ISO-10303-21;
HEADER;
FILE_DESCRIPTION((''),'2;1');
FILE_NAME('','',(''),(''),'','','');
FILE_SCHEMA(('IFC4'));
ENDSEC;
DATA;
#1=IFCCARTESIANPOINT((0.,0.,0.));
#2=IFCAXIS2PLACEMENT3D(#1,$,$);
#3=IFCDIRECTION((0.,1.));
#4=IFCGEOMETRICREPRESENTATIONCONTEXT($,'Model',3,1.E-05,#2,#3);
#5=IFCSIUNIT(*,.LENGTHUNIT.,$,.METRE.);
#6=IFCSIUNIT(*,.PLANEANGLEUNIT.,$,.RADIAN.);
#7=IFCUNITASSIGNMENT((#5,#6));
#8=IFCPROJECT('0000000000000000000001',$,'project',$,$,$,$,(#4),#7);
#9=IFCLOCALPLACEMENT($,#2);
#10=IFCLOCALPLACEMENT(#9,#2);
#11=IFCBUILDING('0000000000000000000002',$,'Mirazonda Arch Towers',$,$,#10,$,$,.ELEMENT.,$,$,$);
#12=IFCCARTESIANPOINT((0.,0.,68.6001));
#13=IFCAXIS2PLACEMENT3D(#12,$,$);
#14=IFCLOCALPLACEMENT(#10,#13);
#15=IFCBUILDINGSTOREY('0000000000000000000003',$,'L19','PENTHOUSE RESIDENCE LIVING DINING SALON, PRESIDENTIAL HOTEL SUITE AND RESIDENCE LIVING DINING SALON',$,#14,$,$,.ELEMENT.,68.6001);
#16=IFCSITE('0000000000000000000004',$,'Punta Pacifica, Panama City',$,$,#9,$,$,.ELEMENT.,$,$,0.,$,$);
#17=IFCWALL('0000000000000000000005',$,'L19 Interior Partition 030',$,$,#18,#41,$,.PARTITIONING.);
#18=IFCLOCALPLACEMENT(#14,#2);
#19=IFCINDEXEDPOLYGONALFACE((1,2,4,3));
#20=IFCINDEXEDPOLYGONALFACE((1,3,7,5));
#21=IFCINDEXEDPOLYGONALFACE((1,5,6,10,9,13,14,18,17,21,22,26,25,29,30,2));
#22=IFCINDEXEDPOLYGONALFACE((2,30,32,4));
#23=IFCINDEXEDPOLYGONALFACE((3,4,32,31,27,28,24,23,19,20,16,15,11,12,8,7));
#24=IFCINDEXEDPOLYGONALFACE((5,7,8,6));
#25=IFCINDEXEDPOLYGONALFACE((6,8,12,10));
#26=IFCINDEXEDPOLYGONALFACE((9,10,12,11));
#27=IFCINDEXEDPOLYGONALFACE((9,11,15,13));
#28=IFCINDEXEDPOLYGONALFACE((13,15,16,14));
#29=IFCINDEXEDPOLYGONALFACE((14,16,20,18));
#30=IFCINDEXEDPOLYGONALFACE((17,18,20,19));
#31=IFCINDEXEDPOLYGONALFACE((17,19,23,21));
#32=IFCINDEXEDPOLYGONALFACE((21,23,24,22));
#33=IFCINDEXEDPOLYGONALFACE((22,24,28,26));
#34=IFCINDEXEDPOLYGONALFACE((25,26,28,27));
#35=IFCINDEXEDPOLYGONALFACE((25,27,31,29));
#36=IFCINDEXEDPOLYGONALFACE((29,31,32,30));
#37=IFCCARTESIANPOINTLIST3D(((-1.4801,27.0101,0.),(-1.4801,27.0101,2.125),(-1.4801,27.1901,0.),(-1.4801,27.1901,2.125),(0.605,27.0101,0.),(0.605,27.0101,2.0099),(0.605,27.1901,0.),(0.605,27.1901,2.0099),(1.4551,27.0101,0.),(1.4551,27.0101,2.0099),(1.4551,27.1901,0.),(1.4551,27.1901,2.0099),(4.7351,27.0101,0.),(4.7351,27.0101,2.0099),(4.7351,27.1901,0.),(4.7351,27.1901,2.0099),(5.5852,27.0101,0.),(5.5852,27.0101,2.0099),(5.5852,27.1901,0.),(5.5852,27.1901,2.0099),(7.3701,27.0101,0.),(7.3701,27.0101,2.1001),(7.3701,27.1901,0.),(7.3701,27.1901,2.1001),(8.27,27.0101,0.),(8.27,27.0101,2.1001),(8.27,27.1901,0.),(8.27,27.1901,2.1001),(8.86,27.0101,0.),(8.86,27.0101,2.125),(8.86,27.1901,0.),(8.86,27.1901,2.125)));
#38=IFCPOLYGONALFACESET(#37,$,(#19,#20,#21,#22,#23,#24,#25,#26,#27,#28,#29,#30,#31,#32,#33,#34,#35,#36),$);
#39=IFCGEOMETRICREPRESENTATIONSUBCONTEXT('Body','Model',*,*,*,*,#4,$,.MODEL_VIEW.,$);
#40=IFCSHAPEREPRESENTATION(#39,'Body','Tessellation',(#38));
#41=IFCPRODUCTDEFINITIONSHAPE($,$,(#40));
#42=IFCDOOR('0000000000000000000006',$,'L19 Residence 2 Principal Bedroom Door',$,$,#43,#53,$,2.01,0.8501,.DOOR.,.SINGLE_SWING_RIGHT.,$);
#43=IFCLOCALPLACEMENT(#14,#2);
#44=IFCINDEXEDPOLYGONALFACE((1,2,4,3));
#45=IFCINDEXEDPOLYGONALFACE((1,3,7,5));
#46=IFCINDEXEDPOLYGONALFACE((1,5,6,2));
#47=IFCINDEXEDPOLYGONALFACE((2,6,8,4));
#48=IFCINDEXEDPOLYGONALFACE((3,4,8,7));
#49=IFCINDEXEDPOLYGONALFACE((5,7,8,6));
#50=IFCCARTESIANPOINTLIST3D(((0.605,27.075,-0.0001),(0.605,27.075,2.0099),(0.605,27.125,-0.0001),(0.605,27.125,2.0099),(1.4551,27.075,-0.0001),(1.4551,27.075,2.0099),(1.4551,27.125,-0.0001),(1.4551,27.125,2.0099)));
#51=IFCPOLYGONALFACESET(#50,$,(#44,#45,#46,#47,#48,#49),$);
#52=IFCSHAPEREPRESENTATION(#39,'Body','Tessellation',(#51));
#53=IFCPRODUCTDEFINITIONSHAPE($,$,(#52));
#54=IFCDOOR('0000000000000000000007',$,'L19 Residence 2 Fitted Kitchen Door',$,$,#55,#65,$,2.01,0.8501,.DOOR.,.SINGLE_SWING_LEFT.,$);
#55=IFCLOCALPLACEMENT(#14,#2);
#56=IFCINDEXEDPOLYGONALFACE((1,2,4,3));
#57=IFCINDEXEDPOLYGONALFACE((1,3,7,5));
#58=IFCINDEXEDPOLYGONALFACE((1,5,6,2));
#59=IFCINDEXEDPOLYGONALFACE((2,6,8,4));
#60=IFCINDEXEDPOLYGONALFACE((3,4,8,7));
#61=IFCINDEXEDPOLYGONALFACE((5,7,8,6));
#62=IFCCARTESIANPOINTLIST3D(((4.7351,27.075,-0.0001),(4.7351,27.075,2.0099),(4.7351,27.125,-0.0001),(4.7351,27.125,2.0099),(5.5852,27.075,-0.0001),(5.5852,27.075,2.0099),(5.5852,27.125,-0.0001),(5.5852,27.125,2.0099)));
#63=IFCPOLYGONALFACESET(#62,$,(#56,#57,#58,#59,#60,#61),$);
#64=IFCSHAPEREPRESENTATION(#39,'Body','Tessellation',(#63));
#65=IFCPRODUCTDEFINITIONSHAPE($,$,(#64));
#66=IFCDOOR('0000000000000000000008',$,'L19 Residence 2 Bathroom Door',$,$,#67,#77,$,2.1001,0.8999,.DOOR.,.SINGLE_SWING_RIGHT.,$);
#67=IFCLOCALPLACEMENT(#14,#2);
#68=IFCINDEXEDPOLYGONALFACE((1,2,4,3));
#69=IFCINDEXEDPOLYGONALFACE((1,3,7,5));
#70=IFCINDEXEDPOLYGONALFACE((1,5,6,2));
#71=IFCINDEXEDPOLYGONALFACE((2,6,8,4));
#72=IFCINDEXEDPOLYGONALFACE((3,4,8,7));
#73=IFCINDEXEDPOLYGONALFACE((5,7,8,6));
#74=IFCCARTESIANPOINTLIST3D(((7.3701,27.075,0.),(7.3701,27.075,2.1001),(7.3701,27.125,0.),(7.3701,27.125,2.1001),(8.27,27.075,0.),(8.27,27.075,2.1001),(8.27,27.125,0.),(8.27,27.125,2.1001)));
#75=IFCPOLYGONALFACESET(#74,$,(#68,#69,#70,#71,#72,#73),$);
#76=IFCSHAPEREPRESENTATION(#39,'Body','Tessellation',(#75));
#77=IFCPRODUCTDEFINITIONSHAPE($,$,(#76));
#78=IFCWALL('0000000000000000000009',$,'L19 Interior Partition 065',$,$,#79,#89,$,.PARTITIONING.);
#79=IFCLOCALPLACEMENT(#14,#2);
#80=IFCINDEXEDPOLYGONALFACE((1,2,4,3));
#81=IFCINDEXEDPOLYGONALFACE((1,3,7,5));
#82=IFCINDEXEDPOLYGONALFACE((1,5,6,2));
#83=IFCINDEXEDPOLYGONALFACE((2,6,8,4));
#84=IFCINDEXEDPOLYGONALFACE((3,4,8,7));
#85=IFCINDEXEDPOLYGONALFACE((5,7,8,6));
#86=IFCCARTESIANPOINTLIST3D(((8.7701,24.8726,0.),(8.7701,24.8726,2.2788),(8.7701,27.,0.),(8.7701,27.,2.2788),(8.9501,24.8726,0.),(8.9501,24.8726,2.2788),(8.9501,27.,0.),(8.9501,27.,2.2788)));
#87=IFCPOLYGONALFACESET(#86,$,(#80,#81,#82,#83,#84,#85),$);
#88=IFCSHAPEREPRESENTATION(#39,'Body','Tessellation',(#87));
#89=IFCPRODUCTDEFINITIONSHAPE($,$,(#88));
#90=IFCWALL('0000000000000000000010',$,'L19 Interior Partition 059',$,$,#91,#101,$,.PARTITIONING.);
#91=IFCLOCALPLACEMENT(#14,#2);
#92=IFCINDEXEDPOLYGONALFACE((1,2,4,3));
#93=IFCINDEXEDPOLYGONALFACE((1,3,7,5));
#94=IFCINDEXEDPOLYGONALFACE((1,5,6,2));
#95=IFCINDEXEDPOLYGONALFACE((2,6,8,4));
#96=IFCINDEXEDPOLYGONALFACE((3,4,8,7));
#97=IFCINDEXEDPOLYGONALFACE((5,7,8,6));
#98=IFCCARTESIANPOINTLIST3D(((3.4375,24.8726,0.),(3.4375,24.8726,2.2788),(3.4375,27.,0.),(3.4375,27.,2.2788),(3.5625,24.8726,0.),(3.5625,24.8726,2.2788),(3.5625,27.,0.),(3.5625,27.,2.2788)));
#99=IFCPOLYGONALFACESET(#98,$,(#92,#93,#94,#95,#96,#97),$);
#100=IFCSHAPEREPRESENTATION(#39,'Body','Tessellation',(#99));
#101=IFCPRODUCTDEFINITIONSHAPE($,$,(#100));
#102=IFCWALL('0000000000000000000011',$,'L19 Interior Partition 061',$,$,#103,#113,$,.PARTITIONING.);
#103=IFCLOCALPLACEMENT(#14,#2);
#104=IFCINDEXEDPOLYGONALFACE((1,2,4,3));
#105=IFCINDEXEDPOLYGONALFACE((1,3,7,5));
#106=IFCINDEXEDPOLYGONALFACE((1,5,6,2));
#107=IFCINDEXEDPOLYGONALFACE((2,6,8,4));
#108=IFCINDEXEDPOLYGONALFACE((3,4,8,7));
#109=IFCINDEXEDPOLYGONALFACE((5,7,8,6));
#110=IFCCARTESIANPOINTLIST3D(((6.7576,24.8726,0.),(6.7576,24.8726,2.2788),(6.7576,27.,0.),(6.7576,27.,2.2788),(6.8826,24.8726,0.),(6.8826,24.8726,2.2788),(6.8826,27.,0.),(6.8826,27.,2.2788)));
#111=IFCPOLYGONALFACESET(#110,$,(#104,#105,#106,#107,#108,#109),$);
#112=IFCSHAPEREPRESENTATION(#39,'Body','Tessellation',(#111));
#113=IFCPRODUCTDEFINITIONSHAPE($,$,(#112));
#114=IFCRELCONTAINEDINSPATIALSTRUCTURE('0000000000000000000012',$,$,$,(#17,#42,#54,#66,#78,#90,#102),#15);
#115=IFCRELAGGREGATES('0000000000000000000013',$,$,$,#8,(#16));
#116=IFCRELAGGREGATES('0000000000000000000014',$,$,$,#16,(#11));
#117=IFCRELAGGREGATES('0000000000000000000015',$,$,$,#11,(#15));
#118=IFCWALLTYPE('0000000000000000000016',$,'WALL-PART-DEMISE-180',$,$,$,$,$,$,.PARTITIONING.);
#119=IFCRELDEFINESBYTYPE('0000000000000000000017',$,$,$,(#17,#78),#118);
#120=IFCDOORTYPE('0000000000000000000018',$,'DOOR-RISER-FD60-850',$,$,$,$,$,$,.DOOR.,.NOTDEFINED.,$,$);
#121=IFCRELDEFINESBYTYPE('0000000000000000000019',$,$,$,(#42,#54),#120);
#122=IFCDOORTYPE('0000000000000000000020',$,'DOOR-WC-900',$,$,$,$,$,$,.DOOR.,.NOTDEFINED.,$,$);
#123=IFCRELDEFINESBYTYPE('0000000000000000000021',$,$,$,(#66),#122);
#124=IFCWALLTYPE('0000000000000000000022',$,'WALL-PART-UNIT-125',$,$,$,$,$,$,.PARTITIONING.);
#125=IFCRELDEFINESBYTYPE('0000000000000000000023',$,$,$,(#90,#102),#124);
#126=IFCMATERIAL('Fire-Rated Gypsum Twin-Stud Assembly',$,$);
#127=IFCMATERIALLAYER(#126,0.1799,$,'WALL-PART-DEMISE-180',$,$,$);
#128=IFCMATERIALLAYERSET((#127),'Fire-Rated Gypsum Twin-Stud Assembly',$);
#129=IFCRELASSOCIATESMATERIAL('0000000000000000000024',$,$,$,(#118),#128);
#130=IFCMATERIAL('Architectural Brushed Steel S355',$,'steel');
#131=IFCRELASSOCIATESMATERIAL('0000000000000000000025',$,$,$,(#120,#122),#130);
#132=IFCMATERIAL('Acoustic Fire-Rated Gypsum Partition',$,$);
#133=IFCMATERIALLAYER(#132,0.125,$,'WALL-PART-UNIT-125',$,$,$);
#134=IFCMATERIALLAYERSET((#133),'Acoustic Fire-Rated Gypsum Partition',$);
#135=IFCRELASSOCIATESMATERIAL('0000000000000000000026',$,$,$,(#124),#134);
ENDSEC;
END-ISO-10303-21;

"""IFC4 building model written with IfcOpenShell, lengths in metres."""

from ifc_helpers import new_model, si_unit, direction, frame, frame_2d, origin, place, context, subcontext, project, spatial, rectangle, extrude, material, layer, layer_set, type_object, element, fill, save


model = new_model("IFC4")

# Units and contexts
model_context = context("Model", 3, precision=1e-05, world=origin(), true_north=direction((0.0, 1.0)))
body_context = subcontext(model_context, "Body", "Model", "MODEL_VIEW")
ifc_project = project(units=[si_unit("LENGTHUNIT", "METRE"), si_unit("PLANEANGLEUNIT", "RADIAN")], contexts=[model_context])

# Site, building, storey
site_placement = place(None, origin())
site = spatial("IfcSite", under=ifc_project, at=site_placement, Name="Punta Pacifica, Panama City", CompositionType="ELEMENT", RefElevation=0.0)
building_placement = place(site_placement, origin())
building = spatial("IfcBuilding", under=site, at=building_placement, Name="Mirazonda Arch Towers", CompositionType="ELEMENT")
storey_placement = place(building_placement, frame((0.0, 0.0, 68.6001)))
storey = spatial("IfcBuildingStorey", under=building, at=storey_placement, Name="L19", Description="PENTHOUSE RESIDENCE LIVING DINING SALON, PRESIDENTIAL HOTEL SUITE AND RESIDENCE LIVING DINING SALON", CompositionType="ELEMENT", Elevation=68.6001)

# Wall, openings, doors
ifc_material_1 = material(Name="Fire-Rated Gypsum Twin-Stud Assembly")
ifc_layer_1 = layer(ifc_material_1, 0.1799, Name="WALL-PART-DEMISE-180")
ifc_layer_set_1 = layer_set([ifc_layer_1], Name="Fire-Rated Gypsum Twin-Stud Assembly")
wall_type_1 = type_object("IfcWallType", Name="WALL-PART-DEMISE-180", PredefinedType="PARTITIONING", material=ifc_layer_set_1)
wall_1_placement = place(storey_placement, frame((-1.48, 27.1001, 0.0), z_axis=(0.0, 0.0, 1.0), x_axis=(1.0, 0.0, 0.0)))
wall_1 = element("IfcWall", 1, at=wall_1_placement, inside=storey, type_object=wall_type_1, Name="L19 Interior Partition 030", PredefinedType="PARTITIONING", context=body_context, shape_type="SweptSolid", body=[
    extrude(rectangle(XDim=10.3401, YDim=0.1799, at=frame_2d((5.1699, 0.0))), origin(), (0.0, 0.0, 1.0), 2.125),
])
opening_1_placement = place(wall_1_placement, frame((2.085, 0.0, 0.0)))
opening_1 = element("IfcOpeningElement", 2, at=opening_1_placement, cuts=wall_1, PredefinedType="OPENING", context=body_context, shape_type="SweptSolid", body=[
    extrude(rectangle(XDim=0.8501, YDim=2.01, at=frame_2d((0.425, 1.0049))), frame((0.0, 0.0999, 0.0), z_axis=(0.0, -1.0, 0.0), x_axis=(1.0, 0.0, 0.0)), (0.0, 0.0, 1.0), 0.2),
])
opening_2_placement = place(wall_1_placement, frame((6.2151, 0.0, 0.0)))
opening_2 = element("IfcOpeningElement", 3, at=opening_2_placement, cuts=wall_1, PredefinedType="OPENING", context=body_context, shape_type="SweptSolid", body=[
    extrude(rectangle(XDim=0.8501, YDim=2.01, at=frame_2d((0.425, 1.0049))), frame((0.0, 0.0999, 0.0), z_axis=(0.0, -1.0, 0.0), x_axis=(1.0, 0.0, 0.0)), (0.0, 0.0, 1.0), 0.2),
])
opening_3_placement = place(wall_1_placement, frame((8.8501, 0.0, 0.0)))
opening_3 = element("IfcOpeningElement", 4, at=opening_3_placement, cuts=wall_1, PredefinedType="OPENING", context=body_context, shape_type="SweptSolid", body=[
    extrude(rectangle(XDim=0.8999, YDim=2.1001, at=frame_2d((0.45, 1.05))), frame((0.0, 0.0999, 0.0), z_axis=(0.0, -1.0, 0.0), x_axis=(1.0, 0.0, 0.0)), (0.0, 0.0, 1.0), 0.2),
])
ifc_material_2 = material(Name="Architectural Brushed Steel S355", Category="steel")
door_type_1 = type_object("IfcDoorType", Name="DOOR-RISER-FD60-850", OperationType="NOTDEFINED", PredefinedType="DOOR", material=ifc_material_2)
door_1_placement = place(opening_1_placement, origin())
door_1 = element("IfcDoor", 5, at=door_1_placement, inside=storey, type_object=door_type_1, Name="L19 Residence 2 Principal Bedroom Door", OperationType="SINGLE_SWING_RIGHT", OverallHeight=2.01, OverallWidth=0.8501, PredefinedType="DOOR", context=body_context, shape_type="SweptSolid", body=[
    extrude(rectangle(XDim=0.8501, YDim=2.01, at=frame_2d((0.425, 1.0049))), frame((0.0, 0.0249, 0.0), z_axis=(0.0, -1.0, 0.0), x_axis=(1.0, 0.0, 0.0)), (0.0, 0.0, 1.0), 0.05),
])
fill(opening_1, door_1)
door_2_placement = place(opening_2_placement, origin())
door_2 = element("IfcDoor", 6, at=door_2_placement, inside=storey, type_object=door_type_1, Name="L19 Residence 2 Fitted Kitchen Door", OperationType="SINGLE_SWING_LEFT", OverallHeight=2.01, OverallWidth=0.8501, PredefinedType="DOOR", context=body_context, shape_type="SweptSolid", body=[
    extrude(rectangle(XDim=0.8501, YDim=2.01, at=frame_2d((0.425, 1.0049))), frame((0.0, 0.0249, 0.0), z_axis=(0.0, -1.0, 0.0), x_axis=(1.0, 0.0, 0.0)), (0.0, 0.0, 1.0), 0.05),
])
fill(opening_2, door_2)
door_type_2 = type_object("IfcDoorType", Name="DOOR-WC-900", OperationType="NOTDEFINED", PredefinedType="DOOR", material=ifc_material_2)
door_3_placement = place(opening_3_placement, origin())
door_3 = element("IfcDoor", 7, at=door_3_placement, inside=storey, type_object=door_type_2, Name="L19 Residence 2 Bathroom Door", OperationType="SINGLE_SWING_RIGHT", OverallHeight=2.1001, OverallWidth=0.8999, PredefinedType="DOOR", context=body_context, shape_type="SweptSolid", body=[
    extrude(rectangle(XDim=0.8999, YDim=2.1001, at=frame_2d((0.45, 1.05))), frame((0.0, 0.0249, 0.0), z_axis=(0.0, -1.0, 0.0), x_axis=(1.0, 0.0, 0.0)), (0.0, 0.0, 1.0), 0.05),
])
fill(opening_3, door_3)

# Walls
wall_2_placement = place(storey_placement, frame((8.8601, 24.8726, 0.0), z_axis=(0.0, 0.0, 1.0), x_axis=(0.0, 1.0, 0.0)))
element("IfcWall", 8, at=wall_2_placement, inside=storey, type_object=wall_type_1, Name="L19 Interior Partition 065", PredefinedType="PARTITIONING", context=body_context, shape_type="SweptSolid", body=[
    extrude(rectangle(XDim=2.1274, YDim=0.1799, at=frame_2d((1.0637, 0.0))), origin(), (0.0, 0.0, 1.0), 2.2788),
])
ifc_material_3 = material(Name="Acoustic Fire-Rated Gypsum Partition")
ifc_layer_2 = layer(ifc_material_3, 0.125, Name="WALL-PART-UNIT-125")
ifc_layer_set_2 = layer_set([ifc_layer_2], Name="Acoustic Fire-Rated Gypsum Partition")
wall_type_2 = type_object("IfcWallType", Name="WALL-PART-UNIT-125", PredefinedType="PARTITIONING", material=ifc_layer_set_2)
for number, where, z_axis, x_axis, name in (
    (9, (3.5, 24.8726, 0.0), (0.0, 0.0, 1.0), (0.0, 1.0, 0.0), "L19 Interior Partition 059"),
    (10, (6.8201, 24.8726, 0.0), (0.0, 0.0, 1.0), (0.0, 1.0, 0.0), "L19 Interior Partition 061"),
):
    element("IfcWall", number, at=place(storey_placement, frame(where, z_axis=z_axis, x_axis=x_axis)), inside=storey, type_object=wall_type_2, Name=name, PredefinedType="PARTITIONING", context=body_context, shape_type="SweptSolid", body=[
        extrude(rectangle(XDim=2.1274, YDim=0.125, at=frame_2d((1.0637, 0.0))), origin(), (0.0, 0.0, 1.0), 2.2788),
    ])

save(model, "model.ifc")
